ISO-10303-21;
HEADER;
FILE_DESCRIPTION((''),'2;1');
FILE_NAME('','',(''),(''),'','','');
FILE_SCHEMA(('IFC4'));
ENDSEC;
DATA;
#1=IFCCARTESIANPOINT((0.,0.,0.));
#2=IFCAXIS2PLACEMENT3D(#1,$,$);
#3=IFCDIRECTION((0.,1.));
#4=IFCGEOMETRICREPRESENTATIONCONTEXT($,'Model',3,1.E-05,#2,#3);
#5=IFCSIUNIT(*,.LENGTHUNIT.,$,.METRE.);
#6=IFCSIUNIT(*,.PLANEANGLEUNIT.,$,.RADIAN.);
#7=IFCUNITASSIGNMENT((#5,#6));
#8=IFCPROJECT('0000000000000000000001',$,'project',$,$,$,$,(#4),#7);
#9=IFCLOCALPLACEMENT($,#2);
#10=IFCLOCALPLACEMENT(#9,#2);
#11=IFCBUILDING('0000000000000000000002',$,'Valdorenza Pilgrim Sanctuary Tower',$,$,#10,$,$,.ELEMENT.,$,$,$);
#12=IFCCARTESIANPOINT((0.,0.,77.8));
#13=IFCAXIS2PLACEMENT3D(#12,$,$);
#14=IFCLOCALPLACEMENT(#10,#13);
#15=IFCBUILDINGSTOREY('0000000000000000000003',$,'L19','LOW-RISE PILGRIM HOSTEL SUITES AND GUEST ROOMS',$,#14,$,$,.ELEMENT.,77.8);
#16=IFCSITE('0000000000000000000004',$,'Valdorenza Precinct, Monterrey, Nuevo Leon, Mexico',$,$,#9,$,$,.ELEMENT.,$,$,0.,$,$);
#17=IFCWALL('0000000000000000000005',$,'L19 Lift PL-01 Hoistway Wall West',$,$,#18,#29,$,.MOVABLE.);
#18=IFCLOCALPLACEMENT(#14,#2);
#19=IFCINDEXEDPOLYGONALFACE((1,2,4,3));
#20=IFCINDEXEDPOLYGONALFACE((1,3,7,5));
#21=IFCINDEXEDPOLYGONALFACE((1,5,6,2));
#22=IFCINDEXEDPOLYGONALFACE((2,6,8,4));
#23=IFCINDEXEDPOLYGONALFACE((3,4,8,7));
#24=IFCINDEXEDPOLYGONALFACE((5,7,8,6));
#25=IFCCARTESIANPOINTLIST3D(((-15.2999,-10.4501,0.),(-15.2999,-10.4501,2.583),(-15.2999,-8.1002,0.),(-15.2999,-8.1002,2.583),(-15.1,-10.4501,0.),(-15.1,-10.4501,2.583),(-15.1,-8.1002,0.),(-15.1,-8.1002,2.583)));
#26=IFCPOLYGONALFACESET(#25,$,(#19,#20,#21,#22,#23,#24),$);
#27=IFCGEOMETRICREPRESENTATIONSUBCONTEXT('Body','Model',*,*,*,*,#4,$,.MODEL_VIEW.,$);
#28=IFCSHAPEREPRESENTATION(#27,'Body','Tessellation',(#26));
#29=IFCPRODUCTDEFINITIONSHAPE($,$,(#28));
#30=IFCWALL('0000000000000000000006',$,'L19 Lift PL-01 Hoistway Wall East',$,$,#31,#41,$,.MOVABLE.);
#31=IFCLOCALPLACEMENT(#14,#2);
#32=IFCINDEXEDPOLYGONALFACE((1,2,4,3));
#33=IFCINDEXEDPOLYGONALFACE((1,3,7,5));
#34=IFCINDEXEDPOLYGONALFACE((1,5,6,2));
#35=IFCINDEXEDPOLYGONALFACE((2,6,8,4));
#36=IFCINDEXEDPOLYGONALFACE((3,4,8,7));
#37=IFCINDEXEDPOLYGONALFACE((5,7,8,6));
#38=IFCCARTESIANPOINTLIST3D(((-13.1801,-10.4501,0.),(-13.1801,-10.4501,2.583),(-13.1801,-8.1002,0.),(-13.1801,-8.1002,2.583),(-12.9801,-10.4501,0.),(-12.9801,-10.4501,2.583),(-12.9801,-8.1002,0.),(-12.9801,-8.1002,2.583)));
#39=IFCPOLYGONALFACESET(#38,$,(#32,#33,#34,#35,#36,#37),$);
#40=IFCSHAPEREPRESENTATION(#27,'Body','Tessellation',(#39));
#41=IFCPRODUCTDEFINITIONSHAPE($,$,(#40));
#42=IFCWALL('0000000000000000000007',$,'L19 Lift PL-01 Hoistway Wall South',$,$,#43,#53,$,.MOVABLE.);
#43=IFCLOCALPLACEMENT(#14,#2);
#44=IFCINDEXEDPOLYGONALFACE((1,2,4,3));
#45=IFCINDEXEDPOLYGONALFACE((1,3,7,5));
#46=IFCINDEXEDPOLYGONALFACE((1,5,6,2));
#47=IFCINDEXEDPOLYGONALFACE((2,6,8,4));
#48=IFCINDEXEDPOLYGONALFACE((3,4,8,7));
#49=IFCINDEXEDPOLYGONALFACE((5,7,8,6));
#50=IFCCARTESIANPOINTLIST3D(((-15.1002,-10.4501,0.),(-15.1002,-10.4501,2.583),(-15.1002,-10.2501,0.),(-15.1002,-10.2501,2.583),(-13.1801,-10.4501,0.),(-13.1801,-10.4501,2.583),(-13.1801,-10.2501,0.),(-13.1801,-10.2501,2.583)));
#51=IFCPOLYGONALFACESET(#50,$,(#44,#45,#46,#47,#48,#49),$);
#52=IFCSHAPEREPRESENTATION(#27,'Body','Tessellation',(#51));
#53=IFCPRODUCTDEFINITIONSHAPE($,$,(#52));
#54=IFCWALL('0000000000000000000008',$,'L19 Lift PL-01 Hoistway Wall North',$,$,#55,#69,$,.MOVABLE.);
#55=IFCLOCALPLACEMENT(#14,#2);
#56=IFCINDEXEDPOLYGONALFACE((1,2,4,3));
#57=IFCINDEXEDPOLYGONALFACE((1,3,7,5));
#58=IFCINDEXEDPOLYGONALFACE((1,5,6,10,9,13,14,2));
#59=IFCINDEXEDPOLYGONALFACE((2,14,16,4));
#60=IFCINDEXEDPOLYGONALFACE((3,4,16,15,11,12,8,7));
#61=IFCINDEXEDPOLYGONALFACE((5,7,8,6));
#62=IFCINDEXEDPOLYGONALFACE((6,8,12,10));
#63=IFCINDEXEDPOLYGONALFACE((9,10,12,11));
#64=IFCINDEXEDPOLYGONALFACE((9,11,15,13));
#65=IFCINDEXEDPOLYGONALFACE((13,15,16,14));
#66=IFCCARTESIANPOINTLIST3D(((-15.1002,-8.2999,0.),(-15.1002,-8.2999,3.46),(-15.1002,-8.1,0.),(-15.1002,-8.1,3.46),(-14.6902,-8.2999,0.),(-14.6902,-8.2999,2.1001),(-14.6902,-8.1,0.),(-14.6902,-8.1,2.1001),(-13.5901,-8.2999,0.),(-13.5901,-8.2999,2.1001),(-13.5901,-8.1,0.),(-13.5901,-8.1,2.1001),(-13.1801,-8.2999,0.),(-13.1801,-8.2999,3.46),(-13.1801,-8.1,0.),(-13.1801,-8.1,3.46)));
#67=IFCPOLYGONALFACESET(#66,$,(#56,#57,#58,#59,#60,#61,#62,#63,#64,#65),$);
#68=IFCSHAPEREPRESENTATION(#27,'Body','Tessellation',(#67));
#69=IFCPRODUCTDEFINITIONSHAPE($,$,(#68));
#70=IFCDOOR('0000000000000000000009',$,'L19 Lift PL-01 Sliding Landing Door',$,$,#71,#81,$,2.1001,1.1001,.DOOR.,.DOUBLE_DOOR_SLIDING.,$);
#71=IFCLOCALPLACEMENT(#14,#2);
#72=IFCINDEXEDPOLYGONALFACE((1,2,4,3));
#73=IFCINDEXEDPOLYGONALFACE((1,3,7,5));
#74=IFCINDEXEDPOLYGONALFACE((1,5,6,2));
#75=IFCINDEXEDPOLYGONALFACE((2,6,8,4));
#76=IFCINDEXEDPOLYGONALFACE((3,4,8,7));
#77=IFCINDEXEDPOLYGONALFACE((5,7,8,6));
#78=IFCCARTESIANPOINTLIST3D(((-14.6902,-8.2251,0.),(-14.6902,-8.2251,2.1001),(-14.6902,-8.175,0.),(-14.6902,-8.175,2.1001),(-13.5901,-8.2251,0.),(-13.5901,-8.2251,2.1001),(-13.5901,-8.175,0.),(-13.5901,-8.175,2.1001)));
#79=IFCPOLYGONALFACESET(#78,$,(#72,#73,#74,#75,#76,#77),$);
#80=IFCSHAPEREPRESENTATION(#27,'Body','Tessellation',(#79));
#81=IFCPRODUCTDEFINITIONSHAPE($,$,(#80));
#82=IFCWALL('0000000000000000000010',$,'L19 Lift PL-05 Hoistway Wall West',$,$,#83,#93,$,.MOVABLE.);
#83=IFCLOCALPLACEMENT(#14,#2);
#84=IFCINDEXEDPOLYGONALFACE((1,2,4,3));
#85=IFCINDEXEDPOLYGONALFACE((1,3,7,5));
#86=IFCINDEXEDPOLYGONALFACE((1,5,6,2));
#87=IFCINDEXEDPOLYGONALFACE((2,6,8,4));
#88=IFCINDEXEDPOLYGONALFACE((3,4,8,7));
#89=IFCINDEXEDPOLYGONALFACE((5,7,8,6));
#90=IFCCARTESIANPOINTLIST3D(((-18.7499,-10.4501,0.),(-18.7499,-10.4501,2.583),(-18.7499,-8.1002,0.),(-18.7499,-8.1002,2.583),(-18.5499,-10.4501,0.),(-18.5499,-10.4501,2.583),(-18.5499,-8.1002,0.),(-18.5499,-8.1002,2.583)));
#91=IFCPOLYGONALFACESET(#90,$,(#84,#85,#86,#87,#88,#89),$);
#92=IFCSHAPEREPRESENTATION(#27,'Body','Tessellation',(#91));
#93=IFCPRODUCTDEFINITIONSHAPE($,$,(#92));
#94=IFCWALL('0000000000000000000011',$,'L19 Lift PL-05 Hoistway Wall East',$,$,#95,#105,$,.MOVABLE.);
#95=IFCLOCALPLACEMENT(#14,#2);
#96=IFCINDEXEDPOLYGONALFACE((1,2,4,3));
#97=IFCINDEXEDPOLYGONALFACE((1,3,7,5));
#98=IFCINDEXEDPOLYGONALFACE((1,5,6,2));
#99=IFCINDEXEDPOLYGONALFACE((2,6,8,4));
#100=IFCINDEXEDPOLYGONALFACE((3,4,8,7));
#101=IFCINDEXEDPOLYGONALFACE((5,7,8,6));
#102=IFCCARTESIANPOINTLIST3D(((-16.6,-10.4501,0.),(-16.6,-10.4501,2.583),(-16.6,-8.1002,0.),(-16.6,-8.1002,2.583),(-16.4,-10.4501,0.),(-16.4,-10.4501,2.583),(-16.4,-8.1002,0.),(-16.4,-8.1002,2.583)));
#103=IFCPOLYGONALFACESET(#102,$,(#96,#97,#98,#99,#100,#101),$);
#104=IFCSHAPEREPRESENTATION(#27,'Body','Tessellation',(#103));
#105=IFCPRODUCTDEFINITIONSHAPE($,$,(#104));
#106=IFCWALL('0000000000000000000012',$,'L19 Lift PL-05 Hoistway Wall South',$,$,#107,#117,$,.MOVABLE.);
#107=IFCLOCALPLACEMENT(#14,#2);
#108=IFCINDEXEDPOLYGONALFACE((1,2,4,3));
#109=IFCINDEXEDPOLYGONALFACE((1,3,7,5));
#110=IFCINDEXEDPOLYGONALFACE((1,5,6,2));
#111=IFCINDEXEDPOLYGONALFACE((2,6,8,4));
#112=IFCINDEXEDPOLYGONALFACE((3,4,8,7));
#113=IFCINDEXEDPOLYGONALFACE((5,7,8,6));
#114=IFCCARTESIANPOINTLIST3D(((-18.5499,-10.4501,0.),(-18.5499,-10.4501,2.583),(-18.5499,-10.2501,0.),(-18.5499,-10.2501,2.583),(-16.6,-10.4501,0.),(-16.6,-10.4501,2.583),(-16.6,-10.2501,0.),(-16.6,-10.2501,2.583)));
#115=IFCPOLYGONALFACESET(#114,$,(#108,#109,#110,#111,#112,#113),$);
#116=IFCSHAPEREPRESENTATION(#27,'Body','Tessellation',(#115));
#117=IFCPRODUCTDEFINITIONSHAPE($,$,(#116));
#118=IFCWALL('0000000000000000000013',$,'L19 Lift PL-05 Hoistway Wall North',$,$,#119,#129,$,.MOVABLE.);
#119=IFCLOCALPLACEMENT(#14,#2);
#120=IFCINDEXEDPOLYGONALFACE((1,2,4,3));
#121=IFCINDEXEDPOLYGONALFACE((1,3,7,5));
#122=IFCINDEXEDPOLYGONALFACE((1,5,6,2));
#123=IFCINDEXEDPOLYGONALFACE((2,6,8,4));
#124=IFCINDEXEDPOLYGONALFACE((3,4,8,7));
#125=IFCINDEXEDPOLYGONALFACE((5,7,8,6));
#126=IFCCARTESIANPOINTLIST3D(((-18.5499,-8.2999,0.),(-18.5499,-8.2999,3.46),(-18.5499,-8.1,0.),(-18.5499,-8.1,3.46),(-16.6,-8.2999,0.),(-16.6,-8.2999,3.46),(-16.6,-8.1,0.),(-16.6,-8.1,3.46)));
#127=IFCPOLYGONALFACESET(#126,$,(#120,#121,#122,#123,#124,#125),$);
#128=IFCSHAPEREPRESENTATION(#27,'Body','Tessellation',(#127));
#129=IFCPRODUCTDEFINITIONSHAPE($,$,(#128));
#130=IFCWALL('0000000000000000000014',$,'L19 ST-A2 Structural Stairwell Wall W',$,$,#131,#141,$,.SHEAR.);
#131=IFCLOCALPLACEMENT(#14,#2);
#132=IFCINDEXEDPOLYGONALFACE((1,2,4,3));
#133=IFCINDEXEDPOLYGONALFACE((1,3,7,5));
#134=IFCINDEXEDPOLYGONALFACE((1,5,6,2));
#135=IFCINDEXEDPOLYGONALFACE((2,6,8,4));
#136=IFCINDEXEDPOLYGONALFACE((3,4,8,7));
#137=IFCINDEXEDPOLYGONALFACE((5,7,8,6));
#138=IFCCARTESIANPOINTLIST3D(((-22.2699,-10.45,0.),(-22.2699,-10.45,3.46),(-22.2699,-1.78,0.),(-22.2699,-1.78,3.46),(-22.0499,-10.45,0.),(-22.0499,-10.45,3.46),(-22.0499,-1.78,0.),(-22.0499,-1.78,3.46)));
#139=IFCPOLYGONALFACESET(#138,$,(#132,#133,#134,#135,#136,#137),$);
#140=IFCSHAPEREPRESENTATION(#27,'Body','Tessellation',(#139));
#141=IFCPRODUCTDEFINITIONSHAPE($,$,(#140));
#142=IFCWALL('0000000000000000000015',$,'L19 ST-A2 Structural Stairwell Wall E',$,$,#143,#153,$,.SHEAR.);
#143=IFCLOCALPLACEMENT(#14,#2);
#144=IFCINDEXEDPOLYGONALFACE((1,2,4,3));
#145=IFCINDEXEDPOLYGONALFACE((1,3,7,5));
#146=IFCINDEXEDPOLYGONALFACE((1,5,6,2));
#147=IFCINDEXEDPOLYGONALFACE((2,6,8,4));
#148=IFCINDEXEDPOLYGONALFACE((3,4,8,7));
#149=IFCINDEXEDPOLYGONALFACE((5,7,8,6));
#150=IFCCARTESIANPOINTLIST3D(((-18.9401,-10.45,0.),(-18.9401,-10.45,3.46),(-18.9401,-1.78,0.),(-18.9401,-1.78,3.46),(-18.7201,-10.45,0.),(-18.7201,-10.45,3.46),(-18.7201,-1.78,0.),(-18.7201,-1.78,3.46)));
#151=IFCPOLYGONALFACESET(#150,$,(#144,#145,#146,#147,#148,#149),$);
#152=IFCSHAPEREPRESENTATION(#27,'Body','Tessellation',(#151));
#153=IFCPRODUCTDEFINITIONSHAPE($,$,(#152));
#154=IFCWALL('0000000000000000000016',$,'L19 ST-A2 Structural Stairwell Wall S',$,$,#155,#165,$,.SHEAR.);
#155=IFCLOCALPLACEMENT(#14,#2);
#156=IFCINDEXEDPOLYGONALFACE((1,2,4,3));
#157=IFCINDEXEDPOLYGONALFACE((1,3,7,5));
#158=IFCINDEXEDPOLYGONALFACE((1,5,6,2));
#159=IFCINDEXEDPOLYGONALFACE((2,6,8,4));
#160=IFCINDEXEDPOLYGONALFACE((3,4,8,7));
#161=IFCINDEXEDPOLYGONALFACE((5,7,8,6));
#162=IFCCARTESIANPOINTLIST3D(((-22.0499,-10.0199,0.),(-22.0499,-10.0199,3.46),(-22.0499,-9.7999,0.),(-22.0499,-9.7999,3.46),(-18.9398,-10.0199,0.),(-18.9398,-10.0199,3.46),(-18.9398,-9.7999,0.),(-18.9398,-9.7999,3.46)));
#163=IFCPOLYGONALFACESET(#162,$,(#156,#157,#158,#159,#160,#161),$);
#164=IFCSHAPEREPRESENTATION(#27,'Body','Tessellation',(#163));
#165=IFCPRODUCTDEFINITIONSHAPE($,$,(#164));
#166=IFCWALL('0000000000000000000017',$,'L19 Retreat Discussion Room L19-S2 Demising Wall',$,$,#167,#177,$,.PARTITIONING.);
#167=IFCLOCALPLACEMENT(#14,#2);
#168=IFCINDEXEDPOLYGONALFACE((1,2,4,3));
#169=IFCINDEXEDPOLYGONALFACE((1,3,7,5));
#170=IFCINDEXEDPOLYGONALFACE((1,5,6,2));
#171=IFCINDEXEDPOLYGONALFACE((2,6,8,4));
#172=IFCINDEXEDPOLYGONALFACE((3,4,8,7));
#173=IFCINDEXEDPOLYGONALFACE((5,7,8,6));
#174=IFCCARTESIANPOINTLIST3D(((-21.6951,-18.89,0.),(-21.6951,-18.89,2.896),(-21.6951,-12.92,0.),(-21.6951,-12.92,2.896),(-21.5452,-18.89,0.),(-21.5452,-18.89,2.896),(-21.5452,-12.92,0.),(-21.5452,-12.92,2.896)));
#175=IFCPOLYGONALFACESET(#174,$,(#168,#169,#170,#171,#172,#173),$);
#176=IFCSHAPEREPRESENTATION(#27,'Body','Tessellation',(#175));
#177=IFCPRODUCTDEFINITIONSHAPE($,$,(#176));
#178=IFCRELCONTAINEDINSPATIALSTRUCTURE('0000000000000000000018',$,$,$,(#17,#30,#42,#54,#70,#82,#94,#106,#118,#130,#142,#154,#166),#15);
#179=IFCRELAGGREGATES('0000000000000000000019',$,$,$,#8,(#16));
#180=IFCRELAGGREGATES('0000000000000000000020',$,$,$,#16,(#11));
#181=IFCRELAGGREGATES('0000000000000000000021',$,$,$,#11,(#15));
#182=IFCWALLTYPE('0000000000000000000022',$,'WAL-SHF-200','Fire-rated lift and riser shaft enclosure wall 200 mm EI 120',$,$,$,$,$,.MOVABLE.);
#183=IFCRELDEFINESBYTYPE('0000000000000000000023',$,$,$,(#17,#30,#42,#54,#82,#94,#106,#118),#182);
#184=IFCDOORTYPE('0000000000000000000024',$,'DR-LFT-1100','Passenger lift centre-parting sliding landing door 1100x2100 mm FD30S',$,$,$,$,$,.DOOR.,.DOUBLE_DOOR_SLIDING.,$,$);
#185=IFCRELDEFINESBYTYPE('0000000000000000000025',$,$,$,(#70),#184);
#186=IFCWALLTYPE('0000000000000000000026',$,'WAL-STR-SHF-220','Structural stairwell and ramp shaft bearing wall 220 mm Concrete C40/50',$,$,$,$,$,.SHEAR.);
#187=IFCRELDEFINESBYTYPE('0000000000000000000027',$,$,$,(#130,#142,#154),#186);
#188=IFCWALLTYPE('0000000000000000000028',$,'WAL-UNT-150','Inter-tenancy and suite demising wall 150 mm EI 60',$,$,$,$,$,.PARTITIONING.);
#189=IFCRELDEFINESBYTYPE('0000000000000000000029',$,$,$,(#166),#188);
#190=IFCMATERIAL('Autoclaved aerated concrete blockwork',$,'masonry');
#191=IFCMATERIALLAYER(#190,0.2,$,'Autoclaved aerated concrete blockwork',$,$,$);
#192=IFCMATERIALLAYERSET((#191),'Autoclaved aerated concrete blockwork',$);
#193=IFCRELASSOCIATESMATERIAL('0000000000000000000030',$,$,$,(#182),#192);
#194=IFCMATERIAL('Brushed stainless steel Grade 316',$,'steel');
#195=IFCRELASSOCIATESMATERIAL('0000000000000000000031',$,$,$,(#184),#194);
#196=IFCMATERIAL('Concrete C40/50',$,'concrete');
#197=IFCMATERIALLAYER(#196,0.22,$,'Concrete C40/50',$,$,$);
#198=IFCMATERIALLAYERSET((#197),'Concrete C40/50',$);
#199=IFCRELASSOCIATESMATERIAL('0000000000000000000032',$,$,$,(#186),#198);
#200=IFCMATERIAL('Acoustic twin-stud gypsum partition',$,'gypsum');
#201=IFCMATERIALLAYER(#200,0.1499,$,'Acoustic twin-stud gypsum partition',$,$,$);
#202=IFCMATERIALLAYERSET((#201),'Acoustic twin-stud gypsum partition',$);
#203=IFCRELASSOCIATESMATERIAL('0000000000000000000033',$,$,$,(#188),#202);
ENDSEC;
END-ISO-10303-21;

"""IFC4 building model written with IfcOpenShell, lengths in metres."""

from ifc_helpers import new_model, si_unit, direction, frame, frame_2d, origin, place, context, subcontext, project, spatial, rectangle, extrude, material, layer, layer_set, type_object, element, fill, save


model = new_model("IFC4")

# Units and contexts
model_context = context("Model", 3, precision=1e-05, world=origin(), true_north=direction((0.0, 1.0)))
body_context = subcontext(model_context, "Body", "Model", "MODEL_VIEW")
ifc_project = project(units=[si_unit("LENGTHUNIT", "METRE"), si_unit("PLANEANGLEUNIT", "RADIAN")], contexts=[model_context])

# Site, building, storey
site_placement = place(None, origin())
site = spatial("IfcSite", under=ifc_project, at=site_placement, Name="Valdorenza Precinct, Monterrey, Nuevo Leon, Mexico", CompositionType="ELEMENT", RefElevation=0.0)
building_placement = place(site_placement, origin())
building = spatial("IfcBuilding", under=site, at=building_placement, Name="Valdorenza Pilgrim Sanctuary Tower", CompositionType="ELEMENT")
storey_placement = place(building_placement, frame((0.0, 0.0, 77.8)))
storey = spatial("IfcBuildingStorey", under=building, at=storey_placement, Name="L19", Description="LOW-RISE PILGRIM HOSTEL SUITES AND GUEST ROOMS", CompositionType="ELEMENT", Elevation=77.8)

# Shared definitions
ifc_material_1 = material(Name="Acoustic twin-stud gypsum partition", Category="gypsum")

# Walls
ifc_material_2 = material(Name="Autoclaved aerated concrete blockwork", Category="masonry")
ifc_layer_1 = layer(ifc_material_2, 0.2, Name="Autoclaved aerated concrete blockwork")
ifc_layer_set_1 = layer_set([ifc_layer_1], Name="Autoclaved aerated concrete blockwork")
wall_type_1 = type_object("IfcWallType", Name="WAL-SHF-200", Description="Fire-rated lift and riser shaft enclosure wall 200 mm EI 120", PredefinedType="MOVABLE", material=ifc_layer_set_1)
for number, where, z_axis, x_axis, name in (
    (1, (-15.2, -10.45, 0.0), (0.0, 0.0, 1.0), (0.0, 1.0, 0.0), "L19 Lift PL-01 Hoistway Wall West"),
    (2, (-13.0801, -10.45, 0.0), (0.0, 0.0, 1.0), (0.0, 1.0, 0.0), "L19 Lift PL-01 Hoistway Wall East"),
):
    element("IfcWall", number, at=place(storey_placement, frame(where, z_axis=z_axis, x_axis=x_axis)), inside=storey, type_object=wall_type_1, Name=name, PredefinedType="MOVABLE", context=body_context, shape_type="SweptSolid", body=[
        extrude(rectangle(XDim=2.3499, YDim=0.2, at=frame_2d((1.1748, 0.0))), origin(), (0.0, 0.0, 1.0), 2.583),
    ])
wall_1_placement = place(storey_placement, frame((-15.1001, -10.3501, 0.0), z_axis=(0.0, 0.0, 1.0), x_axis=(1.0, 0.0, 0.0)))
element("IfcWall", 3, at=wall_1_placement, inside=storey, type_object=wall_type_1, Name="L19 Lift PL-01 Hoistway Wall South", PredefinedType="MOVABLE", context=body_context, shape_type="SweptSolid", body=[
    extrude(rectangle(XDim=1.9202, YDim=0.2, at=frame_2d((0.96, 0.0))), origin(), (0.0, 0.0, 1.0), 2.583),
])

# Wall, opening, door
wall_2_placement = place(storey_placement, frame((-15.1001, -8.2, 0.0), z_axis=(0.0, 0.0, 1.0), x_axis=(1.0, 0.0, 0.0)))
wall_2 = element("IfcWall", 4, at=wall_2_placement, inside=storey, type_object=wall_type_1, Name="L19 Lift PL-01 Hoistway Wall North", PredefinedType="MOVABLE", context=body_context, shape_type="SweptSolid", body=[
    extrude(rectangle(XDim=1.9202, YDim=0.2, at=frame_2d((0.96, 0.0))), origin(), (0.0, 0.0, 1.0), 3.46),
])
opening_1_placement = place(wall_2_placement, frame((0.4099, 0.0, 0.0)))
opening_1 = element("IfcOpeningElement", 5, at=opening_1_placement, cuts=wall_2, PredefinedType="OPENING", context=body_context, shape_type="SweptSolid", body=[
    extrude(rectangle(XDim=1.1001, YDim=2.1001, at=frame_2d((0.55, 1.05))), frame((0.0, 0.1147, 0.0), z_axis=(0.0, -1.0, 0.0), x_axis=(1.0, 0.0, 0.0)), (0.0, 0.0, 1.0), 0.2297),
])
ifc_material_3 = material(Name="Brushed stainless steel Grade 316", Category="steel")
door_type = type_object("IfcDoorType", Name="DR-LFT-1100", Description="Passenger lift centre-parting sliding landing door 1100x2100 mm FD30S", OperationType="DOUBLE_DOOR_SLIDING", PredefinedType="DOOR", material=ifc_material_3)
door_placement = place(opening_1_placement, origin())
door = element("IfcDoor", 6, at=door_placement, inside=storey, type_object=door_type, Name="L19 Lift PL-01 Sliding Landing Door", OperationType="DOUBLE_DOOR_SLIDING", OverallHeight=2.1001, OverallWidth=1.1001, PredefinedType="DOOR", context=body_context, shape_type="SweptSolid", body=[
    extrude(rectangle(XDim=1.1001, YDim=2.1001, at=frame_2d((0.55, 1.05))), frame((0.0, 0.0249, 0.0), z_axis=(0.0, -1.0, 0.0), x_axis=(1.0, 0.0, 0.0)), (0.0, 0.0, 1.0), 0.05),
])
fill(opening_1, door)

# Walls
for number, where, z_axis, x_axis, name in (
    (7, (-18.6499, -10.45, 0.0), (0.0, 0.0, 1.0), (0.0, 1.0, 0.0), "L19 Lift PL-05 Hoistway Wall West"),
    (8, (-16.5, -10.45, 0.0), (0.0, 0.0, 1.0), (0.0, 1.0, 0.0), "L19 Lift PL-05 Hoistway Wall East"),
):
    element("IfcWall", number, at=place(storey_placement, frame(where, z_axis=z_axis, x_axis=x_axis)), inside=storey, type_object=wall_type_1, Name=name, PredefinedType="MOVABLE", context=body_context, shape_type="SweptSolid", body=[
        extrude(rectangle(XDim=2.3499, YDim=0.2, at=frame_2d((1.1748, 0.0))), origin(), (0.0, 0.0, 1.0), 2.583),
    ])
wall_3_placement = place(storey_placement, frame((-18.55, -10.3501, 0.0), z_axis=(0.0, 0.0, 1.0), x_axis=(1.0, 0.0, 0.0)))
element("IfcWall", 9, at=wall_3_placement, inside=storey, type_object=wall_type_1, Name="L19 Lift PL-05 Hoistway Wall South", PredefinedType="MOVABLE", context=body_context, shape_type="SweptSolid", body=[
    extrude(rectangle(XDim=1.95, YDim=0.2, at=frame_2d((0.9751, 0.0))), origin(), (0.0, 0.0, 1.0), 2.583),
])
wall_4_placement = place(storey_placement, frame((-18.55, -8.2, 0.0), z_axis=(0.0, 0.0, 1.0), x_axis=(1.0, 0.0, 0.0)))
element("IfcWall", 10, at=wall_4_placement, inside=storey, type_object=wall_type_1, Name="L19 Lift PL-05 Hoistway Wall North", PredefinedType="MOVABLE", context=body_context, shape_type="SweptSolid", body=[
    extrude(rectangle(XDim=1.95, YDim=0.2, at=frame_2d((0.9751, 0.0))), origin(), (0.0, 0.0, 1.0), 3.46),
])
ifc_material_4 = material(Name="Concrete C40/50", Category="concrete")
ifc_layer_2 = layer(ifc_material_4, 0.22, Name="Concrete C40/50")
ifc_layer_set_2 = layer_set([ifc_layer_2], Name="Concrete C40/50")
wall_type_2 = type_object("IfcWallType", Name="WAL-STR-SHF-220", Description="Structural stairwell and ramp shaft bearing wall 220 mm Concrete C40/50", PredefinedType="SHEAR", material=ifc_layer_set_2)
for number, where, z_axis, x_axis, name in (
    (11, (-22.1599, -10.45, 0.0), (0.0, 0.0, 1.0), (0.0, 1.0, 0.0), "L19 ST-A2 Structural Stairwell Wall W"),
    (12, (-18.8301, -10.45, 0.0), (0.0, 0.0, 1.0), (0.0, 1.0, 0.0), "L19 ST-A2 Structural Stairwell Wall E"),
):
    element("IfcWall", number, at=place(storey_placement, frame(where, z_axis=z_axis, x_axis=x_axis)), inside=storey, type_object=wall_type_2, Name=name, PredefinedType="SHEAR", context=body_context, shape_type="SweptSolid", body=[
        extrude(rectangle(XDim=8.6699, YDim=0.22, at=frame_2d((4.335, 0.0))), origin(), (0.0, 0.0, 1.0), 3.46),
    ])
wall_5_placement = place(storey_placement, frame((-22.05, -9.9099, 0.0), z_axis=(0.0, 0.0, 1.0), x_axis=(1.0, 0.0, 0.0)))
element("IfcWall", 13, at=wall_5_placement, inside=storey, type_object=wall_type_2, Name="L19 ST-A2 Structural Stairwell Wall S", PredefinedType="SHEAR", context=body_context, shape_type="SweptSolid", body=[
    extrude(rectangle(XDim=3.1101, YDim=0.22, at=frame_2d((1.5552, 0.0))), origin(), (0.0, 0.0, 1.0), 3.46),
])
ifc_layer_3 = layer(ifc_material_1, 0.1499, Name="Acoustic twin-stud gypsum partition")
ifc_layer_set_3 = layer_set([ifc_layer_3], Name="Acoustic twin-stud gypsum partition")
wall_type_3 = type_object("IfcWallType", Name="WAL-UNT-150", Description="Inter-tenancy and suite demising wall 150 mm EI 60", PredefinedType="PARTITIONING", material=ifc_layer_set_3)
wall_6_placement = place(storey_placement, frame((-21.6201, -18.8899, 0.0), z_axis=(0.0, 0.0, 1.0), x_axis=(0.0, 1.0, 0.0)))
element("IfcWall", 14, at=wall_6_placement, inside=storey, type_object=wall_type_3, Name="L19 Retreat Discussion Room L19-S2 Demising Wall", PredefinedType="PARTITIONING", context=body_context, shape_type="SweptSolid", body=[
    extrude(rectangle(XDim=5.97, YDim=0.1499, at=frame_2d((2.9849, 0.0))), origin(), (0.0, 0.0, 1.0), 2.896),
])

save(model, "model.ifc")
